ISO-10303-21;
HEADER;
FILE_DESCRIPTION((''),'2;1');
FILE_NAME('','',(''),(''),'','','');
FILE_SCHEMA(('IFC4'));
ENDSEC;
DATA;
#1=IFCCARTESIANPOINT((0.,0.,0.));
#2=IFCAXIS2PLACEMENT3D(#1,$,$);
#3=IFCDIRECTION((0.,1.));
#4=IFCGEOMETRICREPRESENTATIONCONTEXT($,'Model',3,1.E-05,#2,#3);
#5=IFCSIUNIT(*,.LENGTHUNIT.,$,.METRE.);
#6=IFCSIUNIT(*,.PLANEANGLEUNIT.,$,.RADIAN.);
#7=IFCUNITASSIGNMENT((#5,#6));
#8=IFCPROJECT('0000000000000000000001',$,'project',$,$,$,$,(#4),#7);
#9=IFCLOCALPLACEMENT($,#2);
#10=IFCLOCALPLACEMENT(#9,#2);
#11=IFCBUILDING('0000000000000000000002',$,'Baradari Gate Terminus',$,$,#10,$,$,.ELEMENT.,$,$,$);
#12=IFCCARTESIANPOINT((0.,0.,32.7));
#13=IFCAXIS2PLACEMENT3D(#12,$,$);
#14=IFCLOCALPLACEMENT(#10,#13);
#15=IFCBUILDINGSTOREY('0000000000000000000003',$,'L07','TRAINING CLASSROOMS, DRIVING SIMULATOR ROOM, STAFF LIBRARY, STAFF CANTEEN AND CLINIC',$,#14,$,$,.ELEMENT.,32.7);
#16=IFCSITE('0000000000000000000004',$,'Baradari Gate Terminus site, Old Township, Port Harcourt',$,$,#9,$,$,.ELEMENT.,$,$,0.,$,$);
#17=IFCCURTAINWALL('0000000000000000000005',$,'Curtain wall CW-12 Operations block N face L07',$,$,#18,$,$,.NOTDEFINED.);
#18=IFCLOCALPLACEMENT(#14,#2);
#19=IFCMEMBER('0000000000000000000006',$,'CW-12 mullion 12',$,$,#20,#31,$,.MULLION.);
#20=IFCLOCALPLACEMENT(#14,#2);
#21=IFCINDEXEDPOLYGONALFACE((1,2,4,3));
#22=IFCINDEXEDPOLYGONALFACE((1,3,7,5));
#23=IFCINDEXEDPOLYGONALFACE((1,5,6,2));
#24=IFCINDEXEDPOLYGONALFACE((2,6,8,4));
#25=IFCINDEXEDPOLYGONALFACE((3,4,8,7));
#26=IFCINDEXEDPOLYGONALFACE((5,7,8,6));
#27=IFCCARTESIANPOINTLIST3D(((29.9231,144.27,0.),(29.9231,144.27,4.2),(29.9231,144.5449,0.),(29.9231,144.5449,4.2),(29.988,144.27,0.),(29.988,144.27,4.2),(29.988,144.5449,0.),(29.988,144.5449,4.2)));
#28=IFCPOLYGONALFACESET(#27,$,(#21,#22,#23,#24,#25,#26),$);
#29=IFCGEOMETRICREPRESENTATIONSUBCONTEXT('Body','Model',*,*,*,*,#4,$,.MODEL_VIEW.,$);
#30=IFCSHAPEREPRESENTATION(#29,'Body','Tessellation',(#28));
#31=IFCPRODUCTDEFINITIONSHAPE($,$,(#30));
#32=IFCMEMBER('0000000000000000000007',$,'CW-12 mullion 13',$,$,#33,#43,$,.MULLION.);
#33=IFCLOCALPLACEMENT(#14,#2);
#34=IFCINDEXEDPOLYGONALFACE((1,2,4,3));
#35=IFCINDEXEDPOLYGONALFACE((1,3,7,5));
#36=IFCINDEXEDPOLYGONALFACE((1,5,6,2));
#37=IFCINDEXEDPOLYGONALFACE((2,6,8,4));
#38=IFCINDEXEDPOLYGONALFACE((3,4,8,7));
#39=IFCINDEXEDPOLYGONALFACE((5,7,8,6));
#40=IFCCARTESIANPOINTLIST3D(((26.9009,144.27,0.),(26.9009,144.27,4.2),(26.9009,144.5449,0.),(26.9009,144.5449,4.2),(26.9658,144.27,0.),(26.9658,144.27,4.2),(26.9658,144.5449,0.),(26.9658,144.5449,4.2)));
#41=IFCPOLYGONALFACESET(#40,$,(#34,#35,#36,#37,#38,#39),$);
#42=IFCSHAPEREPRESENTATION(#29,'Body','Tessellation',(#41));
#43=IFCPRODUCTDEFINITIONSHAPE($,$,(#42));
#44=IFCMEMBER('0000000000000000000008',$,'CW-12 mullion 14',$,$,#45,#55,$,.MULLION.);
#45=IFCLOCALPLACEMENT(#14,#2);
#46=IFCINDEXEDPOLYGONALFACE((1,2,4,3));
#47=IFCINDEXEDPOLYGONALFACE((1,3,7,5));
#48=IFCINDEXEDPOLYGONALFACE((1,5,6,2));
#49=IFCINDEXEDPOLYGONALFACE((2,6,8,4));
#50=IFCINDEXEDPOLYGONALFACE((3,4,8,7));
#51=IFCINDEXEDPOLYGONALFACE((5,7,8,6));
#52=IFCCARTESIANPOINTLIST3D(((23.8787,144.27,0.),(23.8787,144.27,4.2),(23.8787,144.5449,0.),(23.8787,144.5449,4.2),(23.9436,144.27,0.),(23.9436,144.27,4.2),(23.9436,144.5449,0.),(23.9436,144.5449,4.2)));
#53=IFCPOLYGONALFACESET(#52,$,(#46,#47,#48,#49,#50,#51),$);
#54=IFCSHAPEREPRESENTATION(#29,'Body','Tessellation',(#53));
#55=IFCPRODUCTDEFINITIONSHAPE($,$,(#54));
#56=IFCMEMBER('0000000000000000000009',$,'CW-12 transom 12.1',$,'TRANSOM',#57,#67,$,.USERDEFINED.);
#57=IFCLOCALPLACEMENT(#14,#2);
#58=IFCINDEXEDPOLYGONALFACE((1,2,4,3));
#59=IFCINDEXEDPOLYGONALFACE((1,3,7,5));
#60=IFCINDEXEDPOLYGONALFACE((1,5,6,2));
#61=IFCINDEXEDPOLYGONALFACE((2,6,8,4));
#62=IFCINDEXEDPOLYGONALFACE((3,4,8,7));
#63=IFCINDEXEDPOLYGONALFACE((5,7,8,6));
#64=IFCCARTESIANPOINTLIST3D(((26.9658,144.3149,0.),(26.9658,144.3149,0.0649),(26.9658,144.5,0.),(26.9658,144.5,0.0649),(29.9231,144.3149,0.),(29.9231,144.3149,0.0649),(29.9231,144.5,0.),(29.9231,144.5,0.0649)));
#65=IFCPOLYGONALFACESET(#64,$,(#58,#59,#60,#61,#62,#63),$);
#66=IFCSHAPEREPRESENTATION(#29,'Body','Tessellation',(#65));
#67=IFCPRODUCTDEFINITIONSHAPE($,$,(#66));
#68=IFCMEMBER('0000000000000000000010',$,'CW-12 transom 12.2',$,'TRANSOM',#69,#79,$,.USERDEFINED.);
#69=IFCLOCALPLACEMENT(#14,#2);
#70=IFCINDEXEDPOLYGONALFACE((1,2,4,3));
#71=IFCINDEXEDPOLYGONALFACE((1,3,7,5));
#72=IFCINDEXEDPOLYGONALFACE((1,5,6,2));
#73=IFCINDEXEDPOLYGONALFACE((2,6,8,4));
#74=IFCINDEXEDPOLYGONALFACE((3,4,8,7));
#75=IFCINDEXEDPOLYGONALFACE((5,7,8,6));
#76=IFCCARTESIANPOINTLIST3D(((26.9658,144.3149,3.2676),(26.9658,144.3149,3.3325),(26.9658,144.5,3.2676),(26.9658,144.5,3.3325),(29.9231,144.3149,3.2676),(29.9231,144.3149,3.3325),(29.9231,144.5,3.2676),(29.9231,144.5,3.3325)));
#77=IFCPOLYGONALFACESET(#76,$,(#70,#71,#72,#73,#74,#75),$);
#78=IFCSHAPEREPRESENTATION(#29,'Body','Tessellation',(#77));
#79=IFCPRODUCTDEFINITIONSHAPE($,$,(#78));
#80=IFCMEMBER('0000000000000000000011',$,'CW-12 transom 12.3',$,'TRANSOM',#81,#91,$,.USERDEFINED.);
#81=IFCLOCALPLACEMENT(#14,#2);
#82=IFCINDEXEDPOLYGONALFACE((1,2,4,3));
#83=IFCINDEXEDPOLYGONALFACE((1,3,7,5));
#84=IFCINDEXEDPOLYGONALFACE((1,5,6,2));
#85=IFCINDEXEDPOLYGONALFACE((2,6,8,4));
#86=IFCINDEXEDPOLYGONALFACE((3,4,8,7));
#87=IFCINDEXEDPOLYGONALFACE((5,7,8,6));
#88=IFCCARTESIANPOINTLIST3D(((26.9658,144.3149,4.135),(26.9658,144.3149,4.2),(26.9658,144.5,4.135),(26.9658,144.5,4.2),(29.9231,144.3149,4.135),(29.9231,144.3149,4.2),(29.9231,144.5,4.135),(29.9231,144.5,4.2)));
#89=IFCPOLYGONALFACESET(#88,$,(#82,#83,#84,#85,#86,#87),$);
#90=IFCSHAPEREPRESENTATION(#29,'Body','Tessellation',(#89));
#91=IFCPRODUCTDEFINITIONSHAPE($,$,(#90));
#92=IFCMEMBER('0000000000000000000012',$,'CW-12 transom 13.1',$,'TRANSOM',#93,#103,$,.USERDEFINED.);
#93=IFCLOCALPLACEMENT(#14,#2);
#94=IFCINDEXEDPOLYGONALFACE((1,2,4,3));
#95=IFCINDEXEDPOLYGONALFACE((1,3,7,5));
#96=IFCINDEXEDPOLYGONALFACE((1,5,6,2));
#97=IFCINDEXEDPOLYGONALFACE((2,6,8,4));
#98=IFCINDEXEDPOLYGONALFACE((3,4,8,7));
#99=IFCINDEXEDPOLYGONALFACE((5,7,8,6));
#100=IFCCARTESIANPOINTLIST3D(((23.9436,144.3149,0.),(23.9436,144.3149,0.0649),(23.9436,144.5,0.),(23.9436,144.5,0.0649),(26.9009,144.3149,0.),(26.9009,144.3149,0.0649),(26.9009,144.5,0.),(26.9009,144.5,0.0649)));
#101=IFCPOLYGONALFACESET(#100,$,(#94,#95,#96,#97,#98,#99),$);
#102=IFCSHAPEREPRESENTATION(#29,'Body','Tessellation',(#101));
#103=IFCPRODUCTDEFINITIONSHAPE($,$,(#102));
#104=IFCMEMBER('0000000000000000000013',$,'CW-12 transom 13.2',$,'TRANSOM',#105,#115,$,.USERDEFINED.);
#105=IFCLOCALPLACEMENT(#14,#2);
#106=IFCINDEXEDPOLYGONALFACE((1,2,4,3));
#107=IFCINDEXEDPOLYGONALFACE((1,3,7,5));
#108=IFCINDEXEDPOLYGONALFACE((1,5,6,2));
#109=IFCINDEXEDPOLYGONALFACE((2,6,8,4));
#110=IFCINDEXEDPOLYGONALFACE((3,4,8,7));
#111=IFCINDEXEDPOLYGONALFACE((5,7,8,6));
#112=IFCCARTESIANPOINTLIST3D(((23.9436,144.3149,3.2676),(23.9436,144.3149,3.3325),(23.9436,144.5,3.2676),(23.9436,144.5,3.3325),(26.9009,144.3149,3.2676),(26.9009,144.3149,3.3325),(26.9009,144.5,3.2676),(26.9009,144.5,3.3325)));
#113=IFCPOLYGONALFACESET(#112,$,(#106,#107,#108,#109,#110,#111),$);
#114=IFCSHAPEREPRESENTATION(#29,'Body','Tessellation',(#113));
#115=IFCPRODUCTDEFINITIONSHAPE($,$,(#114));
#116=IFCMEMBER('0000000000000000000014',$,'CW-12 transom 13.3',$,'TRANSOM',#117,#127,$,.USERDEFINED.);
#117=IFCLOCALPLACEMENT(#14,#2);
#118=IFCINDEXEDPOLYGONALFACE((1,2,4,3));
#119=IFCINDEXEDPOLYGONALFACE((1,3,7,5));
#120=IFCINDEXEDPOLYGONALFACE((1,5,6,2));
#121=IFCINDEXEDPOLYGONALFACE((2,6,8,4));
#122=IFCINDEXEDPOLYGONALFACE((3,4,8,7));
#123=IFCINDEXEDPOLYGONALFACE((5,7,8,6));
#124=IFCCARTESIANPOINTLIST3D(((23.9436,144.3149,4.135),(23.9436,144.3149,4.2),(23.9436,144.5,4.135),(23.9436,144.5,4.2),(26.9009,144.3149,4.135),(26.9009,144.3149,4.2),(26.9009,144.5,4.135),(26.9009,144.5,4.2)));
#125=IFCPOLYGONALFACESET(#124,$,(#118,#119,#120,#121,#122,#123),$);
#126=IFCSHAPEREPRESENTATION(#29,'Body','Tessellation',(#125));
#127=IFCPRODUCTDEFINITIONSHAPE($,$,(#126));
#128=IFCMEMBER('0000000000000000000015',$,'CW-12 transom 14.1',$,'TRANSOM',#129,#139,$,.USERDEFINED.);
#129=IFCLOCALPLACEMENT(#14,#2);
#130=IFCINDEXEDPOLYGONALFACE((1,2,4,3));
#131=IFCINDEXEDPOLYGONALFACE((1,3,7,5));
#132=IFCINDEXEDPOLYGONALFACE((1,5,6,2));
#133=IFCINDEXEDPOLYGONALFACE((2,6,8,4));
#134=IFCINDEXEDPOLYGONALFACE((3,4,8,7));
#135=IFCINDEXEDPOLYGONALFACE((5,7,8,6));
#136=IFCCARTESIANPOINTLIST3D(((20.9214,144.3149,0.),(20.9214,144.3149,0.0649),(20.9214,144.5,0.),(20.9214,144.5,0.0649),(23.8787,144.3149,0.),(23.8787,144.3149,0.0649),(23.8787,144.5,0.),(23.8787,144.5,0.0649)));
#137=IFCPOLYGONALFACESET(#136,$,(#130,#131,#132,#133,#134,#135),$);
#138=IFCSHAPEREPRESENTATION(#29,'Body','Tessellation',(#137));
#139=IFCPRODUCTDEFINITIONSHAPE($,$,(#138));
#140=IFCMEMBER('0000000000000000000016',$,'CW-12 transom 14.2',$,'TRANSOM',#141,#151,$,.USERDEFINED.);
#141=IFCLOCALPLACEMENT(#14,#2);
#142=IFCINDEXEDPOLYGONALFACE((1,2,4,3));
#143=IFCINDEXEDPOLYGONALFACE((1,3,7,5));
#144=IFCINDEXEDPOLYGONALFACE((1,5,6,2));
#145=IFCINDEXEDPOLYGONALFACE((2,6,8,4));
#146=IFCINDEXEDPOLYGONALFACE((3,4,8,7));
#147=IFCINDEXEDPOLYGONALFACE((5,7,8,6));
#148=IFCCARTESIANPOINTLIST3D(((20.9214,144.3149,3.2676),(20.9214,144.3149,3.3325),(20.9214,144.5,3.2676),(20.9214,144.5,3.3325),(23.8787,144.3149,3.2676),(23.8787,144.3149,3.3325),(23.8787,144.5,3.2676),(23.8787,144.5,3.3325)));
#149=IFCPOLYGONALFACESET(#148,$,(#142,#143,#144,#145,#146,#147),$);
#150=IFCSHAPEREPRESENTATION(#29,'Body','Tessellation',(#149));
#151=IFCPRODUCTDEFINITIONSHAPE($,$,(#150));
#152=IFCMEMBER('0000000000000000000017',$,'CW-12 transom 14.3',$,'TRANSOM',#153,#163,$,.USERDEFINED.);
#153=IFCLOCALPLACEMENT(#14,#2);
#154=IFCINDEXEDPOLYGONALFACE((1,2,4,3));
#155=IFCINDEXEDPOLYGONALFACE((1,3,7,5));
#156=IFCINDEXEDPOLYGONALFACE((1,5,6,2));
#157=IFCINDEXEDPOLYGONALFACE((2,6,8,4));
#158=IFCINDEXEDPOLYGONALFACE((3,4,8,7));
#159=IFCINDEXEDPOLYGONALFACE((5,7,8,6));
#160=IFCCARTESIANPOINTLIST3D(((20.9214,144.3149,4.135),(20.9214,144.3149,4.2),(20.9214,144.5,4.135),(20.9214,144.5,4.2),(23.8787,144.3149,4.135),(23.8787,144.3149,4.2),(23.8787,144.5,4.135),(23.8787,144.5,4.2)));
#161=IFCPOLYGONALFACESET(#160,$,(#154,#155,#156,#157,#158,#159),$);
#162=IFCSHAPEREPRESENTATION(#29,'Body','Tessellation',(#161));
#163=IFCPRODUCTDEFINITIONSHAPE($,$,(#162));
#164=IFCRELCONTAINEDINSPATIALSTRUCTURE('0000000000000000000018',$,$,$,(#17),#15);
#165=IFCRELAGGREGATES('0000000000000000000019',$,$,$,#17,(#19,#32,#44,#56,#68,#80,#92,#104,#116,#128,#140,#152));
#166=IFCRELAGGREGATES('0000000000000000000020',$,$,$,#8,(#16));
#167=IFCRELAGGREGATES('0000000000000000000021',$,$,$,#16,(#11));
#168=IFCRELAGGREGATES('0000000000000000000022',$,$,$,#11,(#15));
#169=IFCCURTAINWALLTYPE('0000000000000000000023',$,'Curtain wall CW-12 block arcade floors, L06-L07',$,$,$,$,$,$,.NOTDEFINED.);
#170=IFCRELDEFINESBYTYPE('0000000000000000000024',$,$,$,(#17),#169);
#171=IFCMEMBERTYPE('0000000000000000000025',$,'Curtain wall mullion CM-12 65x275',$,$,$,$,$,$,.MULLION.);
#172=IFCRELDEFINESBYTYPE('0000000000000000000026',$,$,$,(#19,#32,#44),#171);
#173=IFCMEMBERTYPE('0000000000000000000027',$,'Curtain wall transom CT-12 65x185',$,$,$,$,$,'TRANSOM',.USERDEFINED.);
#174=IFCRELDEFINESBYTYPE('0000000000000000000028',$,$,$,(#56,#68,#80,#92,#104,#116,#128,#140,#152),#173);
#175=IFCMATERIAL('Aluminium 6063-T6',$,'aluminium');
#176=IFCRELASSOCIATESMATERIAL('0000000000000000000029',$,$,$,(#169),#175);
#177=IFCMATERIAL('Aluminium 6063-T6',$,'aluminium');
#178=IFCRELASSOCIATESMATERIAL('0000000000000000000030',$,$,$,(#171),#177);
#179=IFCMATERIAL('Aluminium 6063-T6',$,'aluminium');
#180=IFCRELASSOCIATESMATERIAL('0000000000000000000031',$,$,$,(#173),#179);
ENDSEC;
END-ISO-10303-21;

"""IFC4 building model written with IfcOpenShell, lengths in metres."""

from ifc_helpers import new_model, si_unit, direction, frame, origin, origin_2d, place, context, subcontext, project, spatial, rectangle, extrude, material, material_profile, profile_set, type_object, element, aggregate, save


model = new_model("IFC4")

# Units and contexts
model_context = context("Model", 3, precision=1e-05, world=origin(), true_north=direction((0.0, 1.0)))
body_context = subcontext(model_context, "Body", "Model", "MODEL_VIEW")
ifc_project = project(units=[si_unit("LENGTHUNIT", "METRE"), si_unit("PLANEANGLEUNIT", "RADIAN")], contexts=[model_context])

# Site, building, storey
site_placement = place(None, origin())
site = spatial("IfcSite", under=ifc_project, at=site_placement, Name="Baradari Gate Terminus site, Old Township, Port Harcourt", CompositionType="ELEMENT", RefElevation=0.0)
building_placement = place(site_placement, origin())
building = spatial("IfcBuilding", under=site, at=building_placement, Name="Baradari Gate Terminus", CompositionType="ELEMENT")
storey_placement = place(building_placement, frame((0.0, 0.0, 32.7)))
storey = spatial("IfcBuildingStorey", under=building, at=storey_placement, Name="L07", Description="TRAINING CLASSROOMS, DRIVING SIMULATOR ROOM, STAFF LIBRARY, STAFF CANTEEN AND CLINIC", CompositionType="ELEMENT", Elevation=32.7)

# Curtain wall, members
ifc_material_1 = material(Name="Aluminium 6063-T6", Category="aluminium")
curtain_wall_type = type_object("IfcCurtainWallType", Name="Curtain wall CW-12 block arcade floors, L06-L07", PredefinedType="NOTDEFINED", material=ifc_material_1)
curtain_wall_placement = place(storey_placement, origin())
curtain_wall = element("IfcCurtainWall", 1, at=curtain_wall_placement, inside=storey, type_object=curtain_wall_type, Name="Curtain wall CW-12 Operations block N face L07", PredefinedType="NOTDEFINED")
ifc_material_2 = material(Name="Aluminium 6063-T6", Category="aluminium")
ifc_material_profile_1 = material_profile(ifc_material_2, rectangle(XDim=0.2749, YDim=0.0649, at=origin_2d()), Name="CM-12 65X275")
ifc_profile_set_1 = profile_set([ifc_material_profile_1], Name="Aluminium 6063-T6")
member_type_1 = type_object("IfcMemberType", Name="Curtain wall mullion CM-12 65x275", PredefinedType="MULLION", material=ifc_profile_set_1)
member_1_placement = place(storey_placement, frame((29.9556, 144.4075, 0.0), z_axis=(0.0, 0.0, 1.0), x_axis=(0.0, -1.0, 0.0)))
member_1 = element("IfcMember", 2, at=member_1_placement, type_object=member_type_1, Name="CW-12 mullion 12", PredefinedType="MULLION", context=body_context, shape_type="SweptSolid", body=[
    extrude(rectangle(XDim=0.2749, YDim=0.0649, at=origin_2d()), origin(), (0.0, 0.0, 1.0), 4.2),
])
member_2_placement = place(storey_placement, frame((26.9333, 144.4075, 0.0), z_axis=(0.0, 0.0, 1.0), x_axis=(0.0, -1.0, 0.0)))
member_2 = element("IfcMember", 3, at=member_2_placement, type_object=member_type_1, Name="CW-12 mullion 13", PredefinedType="MULLION", context=body_context, shape_type="SweptSolid", body=[
    extrude(rectangle(XDim=0.2749, YDim=0.0649, at=origin_2d()), origin(), (0.0, 0.0, 1.0), 4.2),
])
member_3_placement = place(storey_placement, frame((23.9111, 144.4075, 0.0), z_axis=(0.0, 0.0, 1.0), x_axis=(0.0, -1.0, 0.0)))
member_3 = element("IfcMember", 4, at=member_3_placement, type_object=member_type_1, Name="CW-12 mullion 14", PredefinedType="MULLION", context=body_context, shape_type="SweptSolid", body=[
    extrude(rectangle(XDim=0.2749, YDim=0.0649, at=origin_2d()), origin(), (0.0, 0.0, 1.0), 4.2),
])
ifc_material_3 = material(Name="Aluminium 6063-T6", Category="aluminium")
ifc_material_profile_2 = material_profile(ifc_material_3, rectangle(XDim=0.1851, YDim=0.0649, at=origin_2d()), Name="CT-12 65X185")
ifc_profile_set_2 = profile_set([ifc_material_profile_2], Name="Aluminium 6063-T6")
member_type_2 = type_object("IfcMemberType", Name="Curtain wall transom CT-12 65x185", ElementType="TRANSOM", PredefinedType="USERDEFINED", material=ifc_profile_set_2)
member_4_placement = place(storey_placement, frame((29.9231, 144.4075, 0.0325), z_axis=(-1.0, 0.0, 0.0), x_axis=(0.0, -1.0, 0.0)))
member_4 = element("IfcMember", 5, at=member_4_placement, type_object=member_type_2, Name="CW-12 transom 12.1", ObjectType="TRANSOM", PredefinedType="USERDEFINED", context=body_context, shape_type="SweptSolid", body=[
    extrude(rectangle(XDim=0.1851, YDim=0.0649, at=origin_2d()), origin(), (0.0, 0.0, 1.0), 2.9573),
])
member_5_placement = place(storey_placement, frame((29.9231, 144.4075, 3.3), z_axis=(-1.0, 0.0, 0.0), x_axis=(0.0, -1.0, 0.0)))
member_5 = element("IfcMember", 6, at=member_5_placement, type_object=member_type_2, Name="CW-12 transom 12.2", ObjectType="TRANSOM", PredefinedType="USERDEFINED", context=body_context, shape_type="SweptSolid", body=[
    extrude(rectangle(XDim=0.1851, YDim=0.0649, at=origin_2d()), origin(), (0.0, 0.0, 1.0), 2.9573),
])
member_6_placement = place(storey_placement, frame((29.9231, 144.4075, 4.1675), z_axis=(-1.0, 0.0, 0.0), x_axis=(0.0, -1.0, 0.0)))
member_6 = element("IfcMember", 7, at=member_6_placement, type_object=member_type_2, Name="CW-12 transom 12.3", ObjectType="TRANSOM", PredefinedType="USERDEFINED", context=body_context, shape_type="SweptSolid", body=[
    extrude(rectangle(XDim=0.1851, YDim=0.0649, at=origin_2d()), origin(), (0.0, 0.0, 1.0), 2.9573),
])
member_7_placement = place(storey_placement, frame((26.9009, 144.4075, 0.0325), z_axis=(-1.0, 0.0, 0.0), x_axis=(0.0, -1.0, 0.0)))
member_7 = element("IfcMember", 8, at=member_7_placement, type_object=member_type_2, Name="CW-12 transom 13.1", ObjectType="TRANSOM", PredefinedType="USERDEFINED", context=body_context, shape_type="SweptSolid", body=[
    extrude(rectangle(XDim=0.1851, YDim=0.0649, at=origin_2d()), origin(), (0.0, 0.0, 1.0), 2.9573),
])
member_8_placement = place(storey_placement, frame((26.9009, 144.4075, 3.3), z_axis=(-1.0, 0.0, 0.0), x_axis=(0.0, -1.0, 0.0)))
member_8 = element("IfcMember", 9, at=member_8_placement, type_object=member_type_2, Name="CW-12 transom 13.2", ObjectType="TRANSOM", PredefinedType="USERDEFINED", context=body_context, shape_type="SweptSolid", body=[
    extrude(rectangle(XDim=0.1851, YDim=0.0649, at=origin_2d()), origin(), (0.0, 0.0, 1.0), 2.9573),
])
member_9_placement = place(storey_placement, frame((26.9009, 144.4075, 4.1675), z_axis=(-1.0, 0.0, 0.0), x_axis=(0.0, -1.0, 0.0)))
member_9 = element("IfcMember", 10, at=member_9_placement, type_object=member_type_2, Name="CW-12 transom 13.3", ObjectType="TRANSOM", PredefinedType="USERDEFINED", context=body_context, shape_type="SweptSolid", body=[
    extrude(rectangle(XDim=0.1851, YDim=0.0649, at=origin_2d()), origin(), (0.0, 0.0, 1.0), 2.9573),
])
member_10_placement = place(storey_placement, frame((23.8787, 144.4075, 0.0325), z_axis=(-1.0, 0.0, 0.0), x_axis=(0.0, -1.0, 0.0)))
member_10 = element("IfcMember", 11, at=member_10_placement, type_object=member_type_2, Name="CW-12 transom 14.1", ObjectType="TRANSOM", PredefinedType="USERDEFINED", context=body_context, shape_type="SweptSolid", body=[
    extrude(rectangle(XDim=0.1851, YDim=0.0649, at=origin_2d()), origin(), (0.0, 0.0, 1.0), 2.9573),
])
member_11_placement = place(storey_placement, frame((23.8787, 144.4075, 3.3), z_axis=(-1.0, 0.0, 0.0), x_axis=(0.0, -1.0, 0.0)))
member_11 = element("IfcMember", 12, at=member_11_placement, type_object=member_type_2, Name="CW-12 transom 14.2", ObjectType="TRANSOM", PredefinedType="USERDEFINED", context=body_context, shape_type="SweptSolid", body=[
    extrude(rectangle(XDim=0.1851, YDim=0.0649, at=origin_2d()), origin(), (0.0, 0.0, 1.0), 2.9573),
])
member_12_placement = place(storey_placement, frame((23.8787, 144.4075, 4.1675), z_axis=(-1.0, 0.0, 0.0), x_axis=(0.0, -1.0, 0.0)))
member_12 = element("IfcMember", 13, at=member_12_placement, type_object=member_type_2, Name="CW-12 transom 14.3", ObjectType="TRANSOM", PredefinedType="USERDEFINED", context=body_context, shape_type="SweptSolid", body=[
    extrude(rectangle(XDim=0.1851, YDim=0.0649, at=origin_2d()), origin(), (0.0, 0.0, 1.0), 2.9573),
])

aggregate(curtain_wall, [member_1, member_2, member_3, member_4, member_5, member_6, member_7, member_8, member_9, member_10, member_11, member_12])

save(model, "model.ifc")
